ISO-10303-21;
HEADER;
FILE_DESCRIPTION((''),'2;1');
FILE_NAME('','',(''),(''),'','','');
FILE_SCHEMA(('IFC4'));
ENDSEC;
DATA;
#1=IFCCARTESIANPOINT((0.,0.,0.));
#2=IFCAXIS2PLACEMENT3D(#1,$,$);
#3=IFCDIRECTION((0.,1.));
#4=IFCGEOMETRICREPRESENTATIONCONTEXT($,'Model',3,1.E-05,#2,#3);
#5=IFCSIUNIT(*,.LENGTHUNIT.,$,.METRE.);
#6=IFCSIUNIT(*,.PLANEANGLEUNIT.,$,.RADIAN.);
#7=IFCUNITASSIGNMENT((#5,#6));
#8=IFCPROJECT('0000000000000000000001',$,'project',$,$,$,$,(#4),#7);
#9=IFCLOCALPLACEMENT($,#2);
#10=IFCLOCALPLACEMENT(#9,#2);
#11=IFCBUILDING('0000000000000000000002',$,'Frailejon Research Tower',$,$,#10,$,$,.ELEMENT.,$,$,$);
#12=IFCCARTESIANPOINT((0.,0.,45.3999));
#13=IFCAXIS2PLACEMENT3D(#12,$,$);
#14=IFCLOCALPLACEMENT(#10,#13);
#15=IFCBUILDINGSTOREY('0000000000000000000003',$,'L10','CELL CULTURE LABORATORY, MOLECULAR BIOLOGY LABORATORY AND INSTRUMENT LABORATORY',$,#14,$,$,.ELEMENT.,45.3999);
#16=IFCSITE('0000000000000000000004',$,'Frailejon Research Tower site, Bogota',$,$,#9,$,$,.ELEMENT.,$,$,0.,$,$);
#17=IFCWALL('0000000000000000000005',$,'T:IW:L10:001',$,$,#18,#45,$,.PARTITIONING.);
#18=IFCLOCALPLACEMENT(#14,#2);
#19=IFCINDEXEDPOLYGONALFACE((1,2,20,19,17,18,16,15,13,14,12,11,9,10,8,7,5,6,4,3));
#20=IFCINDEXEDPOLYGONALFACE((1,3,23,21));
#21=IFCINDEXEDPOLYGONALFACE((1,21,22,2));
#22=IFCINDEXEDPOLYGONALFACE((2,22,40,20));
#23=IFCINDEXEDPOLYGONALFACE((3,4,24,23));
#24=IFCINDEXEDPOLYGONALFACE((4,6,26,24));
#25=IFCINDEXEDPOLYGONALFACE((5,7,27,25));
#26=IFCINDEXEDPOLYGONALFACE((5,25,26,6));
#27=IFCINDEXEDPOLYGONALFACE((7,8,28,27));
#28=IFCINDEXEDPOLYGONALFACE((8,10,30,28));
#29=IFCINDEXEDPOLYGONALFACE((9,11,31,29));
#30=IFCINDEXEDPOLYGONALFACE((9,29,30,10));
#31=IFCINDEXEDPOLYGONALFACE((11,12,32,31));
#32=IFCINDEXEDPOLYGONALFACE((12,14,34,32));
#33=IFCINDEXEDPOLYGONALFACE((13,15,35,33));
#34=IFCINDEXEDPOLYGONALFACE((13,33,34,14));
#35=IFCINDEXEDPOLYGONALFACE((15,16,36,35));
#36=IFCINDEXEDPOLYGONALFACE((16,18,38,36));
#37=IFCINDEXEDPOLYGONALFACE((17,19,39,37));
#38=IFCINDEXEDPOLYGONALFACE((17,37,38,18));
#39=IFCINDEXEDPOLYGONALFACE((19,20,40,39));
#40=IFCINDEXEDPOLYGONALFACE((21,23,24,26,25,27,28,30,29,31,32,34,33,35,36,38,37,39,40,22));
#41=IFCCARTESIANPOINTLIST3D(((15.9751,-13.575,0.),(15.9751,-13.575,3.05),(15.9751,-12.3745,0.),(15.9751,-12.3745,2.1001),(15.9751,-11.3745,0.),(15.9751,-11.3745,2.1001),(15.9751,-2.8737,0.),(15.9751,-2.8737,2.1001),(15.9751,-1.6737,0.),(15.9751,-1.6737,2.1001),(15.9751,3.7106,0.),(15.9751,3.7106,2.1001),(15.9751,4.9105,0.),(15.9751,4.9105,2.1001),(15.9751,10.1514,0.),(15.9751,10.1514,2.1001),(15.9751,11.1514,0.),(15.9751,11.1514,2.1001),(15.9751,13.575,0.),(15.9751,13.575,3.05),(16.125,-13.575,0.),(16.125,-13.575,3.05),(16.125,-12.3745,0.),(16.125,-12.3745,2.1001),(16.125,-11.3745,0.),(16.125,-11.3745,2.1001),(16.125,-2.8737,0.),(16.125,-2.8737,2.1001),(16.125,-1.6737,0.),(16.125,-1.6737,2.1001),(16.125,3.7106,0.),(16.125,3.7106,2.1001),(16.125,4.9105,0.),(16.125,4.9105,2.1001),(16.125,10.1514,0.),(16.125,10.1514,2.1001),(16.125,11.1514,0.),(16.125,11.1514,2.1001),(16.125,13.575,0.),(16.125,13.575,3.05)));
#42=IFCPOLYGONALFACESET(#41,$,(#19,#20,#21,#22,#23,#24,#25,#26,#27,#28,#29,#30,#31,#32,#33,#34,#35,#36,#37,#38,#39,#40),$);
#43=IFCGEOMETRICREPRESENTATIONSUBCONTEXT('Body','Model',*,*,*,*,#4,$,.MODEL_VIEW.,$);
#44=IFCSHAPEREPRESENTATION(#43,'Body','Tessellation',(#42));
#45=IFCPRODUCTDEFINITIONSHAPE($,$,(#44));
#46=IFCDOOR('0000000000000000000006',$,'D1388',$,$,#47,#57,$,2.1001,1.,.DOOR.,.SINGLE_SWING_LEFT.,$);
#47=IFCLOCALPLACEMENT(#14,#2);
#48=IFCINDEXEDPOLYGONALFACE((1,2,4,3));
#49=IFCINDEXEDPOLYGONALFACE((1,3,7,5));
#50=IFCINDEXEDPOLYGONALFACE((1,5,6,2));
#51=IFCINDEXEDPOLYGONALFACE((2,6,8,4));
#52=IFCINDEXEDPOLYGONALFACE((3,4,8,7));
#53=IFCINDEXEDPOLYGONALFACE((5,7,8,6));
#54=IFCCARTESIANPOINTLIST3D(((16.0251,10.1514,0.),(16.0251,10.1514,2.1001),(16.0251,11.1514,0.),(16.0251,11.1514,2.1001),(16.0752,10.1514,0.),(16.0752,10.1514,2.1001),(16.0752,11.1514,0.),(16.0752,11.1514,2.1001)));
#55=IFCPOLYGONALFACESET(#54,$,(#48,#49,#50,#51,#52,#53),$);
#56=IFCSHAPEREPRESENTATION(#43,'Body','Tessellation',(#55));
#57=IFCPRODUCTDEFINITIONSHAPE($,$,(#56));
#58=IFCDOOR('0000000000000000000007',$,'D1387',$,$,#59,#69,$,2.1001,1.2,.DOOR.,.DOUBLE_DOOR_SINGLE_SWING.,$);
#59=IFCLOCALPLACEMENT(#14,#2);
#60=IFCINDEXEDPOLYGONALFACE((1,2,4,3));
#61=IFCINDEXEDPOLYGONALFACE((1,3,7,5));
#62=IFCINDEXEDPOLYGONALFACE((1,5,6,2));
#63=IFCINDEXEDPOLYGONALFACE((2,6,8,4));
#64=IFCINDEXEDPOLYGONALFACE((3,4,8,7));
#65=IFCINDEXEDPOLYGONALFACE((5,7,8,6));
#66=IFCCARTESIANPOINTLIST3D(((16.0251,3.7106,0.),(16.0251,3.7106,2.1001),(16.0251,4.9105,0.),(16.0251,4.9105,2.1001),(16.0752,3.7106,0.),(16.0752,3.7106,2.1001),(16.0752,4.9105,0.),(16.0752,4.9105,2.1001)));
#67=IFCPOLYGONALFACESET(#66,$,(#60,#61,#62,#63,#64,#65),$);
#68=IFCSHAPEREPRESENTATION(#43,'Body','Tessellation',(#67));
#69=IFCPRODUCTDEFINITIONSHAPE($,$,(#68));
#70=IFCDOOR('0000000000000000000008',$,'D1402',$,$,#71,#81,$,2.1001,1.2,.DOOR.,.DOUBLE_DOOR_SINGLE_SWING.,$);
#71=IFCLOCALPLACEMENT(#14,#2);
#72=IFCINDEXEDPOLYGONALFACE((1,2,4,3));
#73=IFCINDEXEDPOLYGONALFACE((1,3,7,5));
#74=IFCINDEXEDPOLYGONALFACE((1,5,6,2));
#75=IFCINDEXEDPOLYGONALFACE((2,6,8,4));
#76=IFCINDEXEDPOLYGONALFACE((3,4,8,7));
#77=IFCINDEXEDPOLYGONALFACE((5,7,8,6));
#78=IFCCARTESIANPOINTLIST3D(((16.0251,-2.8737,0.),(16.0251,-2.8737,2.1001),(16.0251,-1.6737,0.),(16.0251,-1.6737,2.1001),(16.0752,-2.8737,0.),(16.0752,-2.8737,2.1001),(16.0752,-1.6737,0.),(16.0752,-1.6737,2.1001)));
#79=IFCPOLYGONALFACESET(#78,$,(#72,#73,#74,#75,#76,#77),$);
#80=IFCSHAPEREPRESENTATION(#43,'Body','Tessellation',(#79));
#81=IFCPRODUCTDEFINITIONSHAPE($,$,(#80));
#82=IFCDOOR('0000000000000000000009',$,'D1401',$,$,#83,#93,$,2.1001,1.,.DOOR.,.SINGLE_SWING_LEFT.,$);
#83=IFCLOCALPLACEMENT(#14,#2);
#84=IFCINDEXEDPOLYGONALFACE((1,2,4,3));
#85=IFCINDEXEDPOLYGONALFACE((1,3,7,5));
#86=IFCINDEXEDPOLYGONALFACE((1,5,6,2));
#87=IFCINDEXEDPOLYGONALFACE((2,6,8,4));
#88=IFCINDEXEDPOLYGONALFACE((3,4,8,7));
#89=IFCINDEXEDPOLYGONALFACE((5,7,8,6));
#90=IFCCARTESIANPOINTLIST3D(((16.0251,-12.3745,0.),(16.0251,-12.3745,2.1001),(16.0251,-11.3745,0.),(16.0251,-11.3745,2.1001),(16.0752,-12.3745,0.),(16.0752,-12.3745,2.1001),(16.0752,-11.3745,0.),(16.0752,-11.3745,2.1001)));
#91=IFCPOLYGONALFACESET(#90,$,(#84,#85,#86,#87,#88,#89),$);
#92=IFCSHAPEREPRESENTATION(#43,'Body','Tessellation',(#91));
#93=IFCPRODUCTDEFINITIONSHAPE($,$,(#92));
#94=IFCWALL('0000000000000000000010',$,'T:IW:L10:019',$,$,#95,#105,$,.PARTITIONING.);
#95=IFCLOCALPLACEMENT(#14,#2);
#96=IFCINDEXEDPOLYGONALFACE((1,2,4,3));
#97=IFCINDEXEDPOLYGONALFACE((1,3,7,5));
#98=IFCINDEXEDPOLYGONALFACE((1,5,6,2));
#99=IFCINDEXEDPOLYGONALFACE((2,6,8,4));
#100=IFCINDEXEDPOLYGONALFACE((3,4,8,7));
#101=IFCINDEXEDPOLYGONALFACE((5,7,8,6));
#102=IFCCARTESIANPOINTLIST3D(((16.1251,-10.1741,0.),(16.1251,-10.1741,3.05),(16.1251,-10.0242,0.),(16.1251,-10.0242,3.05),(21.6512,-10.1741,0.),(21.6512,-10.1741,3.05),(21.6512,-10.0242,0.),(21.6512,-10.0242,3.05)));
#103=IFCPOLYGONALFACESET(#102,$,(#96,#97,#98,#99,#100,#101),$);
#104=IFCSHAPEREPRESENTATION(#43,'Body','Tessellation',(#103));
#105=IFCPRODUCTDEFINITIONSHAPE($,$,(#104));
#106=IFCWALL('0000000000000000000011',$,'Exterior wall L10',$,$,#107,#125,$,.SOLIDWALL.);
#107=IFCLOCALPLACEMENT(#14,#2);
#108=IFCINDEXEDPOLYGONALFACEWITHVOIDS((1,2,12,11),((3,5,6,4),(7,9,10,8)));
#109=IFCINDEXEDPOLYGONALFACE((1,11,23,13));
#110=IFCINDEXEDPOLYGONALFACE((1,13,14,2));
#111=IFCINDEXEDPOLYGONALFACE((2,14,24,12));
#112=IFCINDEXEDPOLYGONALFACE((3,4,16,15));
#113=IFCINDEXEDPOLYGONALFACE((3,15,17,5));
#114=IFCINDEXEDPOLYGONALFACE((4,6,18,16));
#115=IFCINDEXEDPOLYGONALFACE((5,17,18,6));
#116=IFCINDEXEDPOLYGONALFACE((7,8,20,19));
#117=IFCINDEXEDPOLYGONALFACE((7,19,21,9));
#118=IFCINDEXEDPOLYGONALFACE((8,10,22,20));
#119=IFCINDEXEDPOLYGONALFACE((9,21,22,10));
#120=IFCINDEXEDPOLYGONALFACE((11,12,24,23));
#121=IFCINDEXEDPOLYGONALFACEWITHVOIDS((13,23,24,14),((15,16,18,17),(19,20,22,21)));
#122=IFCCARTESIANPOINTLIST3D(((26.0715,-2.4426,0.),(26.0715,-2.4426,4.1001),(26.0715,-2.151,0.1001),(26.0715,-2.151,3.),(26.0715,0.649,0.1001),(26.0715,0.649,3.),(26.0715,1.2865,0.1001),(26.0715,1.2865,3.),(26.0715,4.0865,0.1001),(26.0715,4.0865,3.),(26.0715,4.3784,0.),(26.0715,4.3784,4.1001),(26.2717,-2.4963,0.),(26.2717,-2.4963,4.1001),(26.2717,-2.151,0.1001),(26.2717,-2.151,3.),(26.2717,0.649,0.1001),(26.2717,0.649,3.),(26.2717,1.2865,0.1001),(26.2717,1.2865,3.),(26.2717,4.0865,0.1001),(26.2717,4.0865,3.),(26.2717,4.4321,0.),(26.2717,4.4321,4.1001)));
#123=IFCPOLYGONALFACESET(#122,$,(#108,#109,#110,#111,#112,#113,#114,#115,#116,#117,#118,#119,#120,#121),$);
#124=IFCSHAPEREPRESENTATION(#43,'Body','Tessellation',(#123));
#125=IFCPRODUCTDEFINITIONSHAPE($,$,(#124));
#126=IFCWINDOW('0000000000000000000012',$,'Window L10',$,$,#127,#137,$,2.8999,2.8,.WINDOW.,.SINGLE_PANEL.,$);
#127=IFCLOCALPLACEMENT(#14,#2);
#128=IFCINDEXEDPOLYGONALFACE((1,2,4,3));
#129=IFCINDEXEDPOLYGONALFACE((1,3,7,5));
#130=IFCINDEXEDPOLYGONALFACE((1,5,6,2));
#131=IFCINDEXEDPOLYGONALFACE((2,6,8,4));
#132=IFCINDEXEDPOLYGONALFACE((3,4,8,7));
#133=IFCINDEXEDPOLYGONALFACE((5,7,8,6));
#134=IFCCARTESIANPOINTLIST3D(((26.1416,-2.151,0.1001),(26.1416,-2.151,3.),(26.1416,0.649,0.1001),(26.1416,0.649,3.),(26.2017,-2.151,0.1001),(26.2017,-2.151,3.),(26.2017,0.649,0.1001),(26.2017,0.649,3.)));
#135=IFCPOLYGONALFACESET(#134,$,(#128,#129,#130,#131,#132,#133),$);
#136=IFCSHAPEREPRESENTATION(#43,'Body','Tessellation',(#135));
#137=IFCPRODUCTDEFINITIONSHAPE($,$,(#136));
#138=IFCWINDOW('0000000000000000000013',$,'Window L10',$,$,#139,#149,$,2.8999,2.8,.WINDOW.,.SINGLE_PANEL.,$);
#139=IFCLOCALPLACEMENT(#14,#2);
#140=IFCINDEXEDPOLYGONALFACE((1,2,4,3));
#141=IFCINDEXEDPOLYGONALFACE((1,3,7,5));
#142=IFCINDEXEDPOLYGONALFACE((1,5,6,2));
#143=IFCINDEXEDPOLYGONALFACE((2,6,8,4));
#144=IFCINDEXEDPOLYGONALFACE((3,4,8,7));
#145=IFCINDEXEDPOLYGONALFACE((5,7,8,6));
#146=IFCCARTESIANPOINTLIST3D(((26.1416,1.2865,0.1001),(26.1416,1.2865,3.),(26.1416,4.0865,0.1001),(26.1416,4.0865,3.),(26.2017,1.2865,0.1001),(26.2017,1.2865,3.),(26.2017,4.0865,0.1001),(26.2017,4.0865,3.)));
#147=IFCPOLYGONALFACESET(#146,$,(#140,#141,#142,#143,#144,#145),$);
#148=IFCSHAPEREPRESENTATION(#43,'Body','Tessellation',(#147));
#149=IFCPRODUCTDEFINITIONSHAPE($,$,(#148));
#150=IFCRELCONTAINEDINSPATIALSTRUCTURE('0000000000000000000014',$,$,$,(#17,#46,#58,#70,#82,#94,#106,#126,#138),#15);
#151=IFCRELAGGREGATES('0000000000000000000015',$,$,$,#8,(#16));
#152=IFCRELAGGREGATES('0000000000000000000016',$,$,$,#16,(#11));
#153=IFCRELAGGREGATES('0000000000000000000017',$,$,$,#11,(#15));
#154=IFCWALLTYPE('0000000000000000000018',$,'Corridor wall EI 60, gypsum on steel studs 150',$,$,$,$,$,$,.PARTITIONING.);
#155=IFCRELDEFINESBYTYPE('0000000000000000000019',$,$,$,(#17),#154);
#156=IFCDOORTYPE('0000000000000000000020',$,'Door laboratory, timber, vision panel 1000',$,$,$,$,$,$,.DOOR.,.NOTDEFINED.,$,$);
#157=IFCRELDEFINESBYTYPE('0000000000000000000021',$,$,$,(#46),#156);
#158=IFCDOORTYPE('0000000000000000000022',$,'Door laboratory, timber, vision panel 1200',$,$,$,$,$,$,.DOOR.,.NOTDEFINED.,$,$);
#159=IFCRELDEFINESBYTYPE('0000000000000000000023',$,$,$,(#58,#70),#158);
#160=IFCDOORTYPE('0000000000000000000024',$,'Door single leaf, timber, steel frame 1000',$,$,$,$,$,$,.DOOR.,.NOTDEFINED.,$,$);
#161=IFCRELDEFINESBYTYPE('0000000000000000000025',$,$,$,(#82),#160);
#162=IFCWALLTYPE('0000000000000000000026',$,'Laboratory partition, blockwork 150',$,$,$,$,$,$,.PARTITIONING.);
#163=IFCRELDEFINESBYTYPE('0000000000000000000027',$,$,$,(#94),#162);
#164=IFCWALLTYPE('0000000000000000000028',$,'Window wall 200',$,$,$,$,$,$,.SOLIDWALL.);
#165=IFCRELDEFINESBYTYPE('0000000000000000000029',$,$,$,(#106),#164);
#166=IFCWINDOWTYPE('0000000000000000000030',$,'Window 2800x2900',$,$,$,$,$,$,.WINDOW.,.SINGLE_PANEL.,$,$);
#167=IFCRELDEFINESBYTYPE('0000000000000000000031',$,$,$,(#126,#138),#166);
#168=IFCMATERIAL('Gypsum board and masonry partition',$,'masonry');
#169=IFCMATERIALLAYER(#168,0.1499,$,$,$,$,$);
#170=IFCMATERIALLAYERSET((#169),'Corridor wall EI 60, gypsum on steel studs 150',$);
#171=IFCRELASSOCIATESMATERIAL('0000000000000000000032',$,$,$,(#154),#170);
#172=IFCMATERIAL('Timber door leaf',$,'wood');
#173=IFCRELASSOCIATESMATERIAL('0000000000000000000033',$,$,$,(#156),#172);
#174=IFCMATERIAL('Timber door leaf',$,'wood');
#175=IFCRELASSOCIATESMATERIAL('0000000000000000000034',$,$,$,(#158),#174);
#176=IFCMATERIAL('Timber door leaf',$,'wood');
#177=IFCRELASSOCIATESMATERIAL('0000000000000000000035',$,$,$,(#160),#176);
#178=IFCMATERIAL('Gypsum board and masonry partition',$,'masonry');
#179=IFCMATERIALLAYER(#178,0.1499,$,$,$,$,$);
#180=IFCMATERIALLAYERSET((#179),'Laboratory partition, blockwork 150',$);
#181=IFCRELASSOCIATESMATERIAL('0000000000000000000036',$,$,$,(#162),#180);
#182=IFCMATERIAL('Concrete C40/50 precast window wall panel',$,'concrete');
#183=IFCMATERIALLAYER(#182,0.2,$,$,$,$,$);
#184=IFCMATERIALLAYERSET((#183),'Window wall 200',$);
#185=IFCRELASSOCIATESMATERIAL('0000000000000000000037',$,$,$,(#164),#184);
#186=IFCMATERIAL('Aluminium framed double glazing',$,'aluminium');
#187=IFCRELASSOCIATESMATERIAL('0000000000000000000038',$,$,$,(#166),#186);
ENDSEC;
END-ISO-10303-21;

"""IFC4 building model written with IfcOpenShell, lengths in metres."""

from ifc_helpers import new_model, si_unit, direction, frame, frame_2d, origin, place, context, subcontext, project, spatial, polyline, rectangle, outline, extrude, material, layer, layer_set, type_object, element, fill, save


model = new_model("IFC4")

# Units and contexts
model_context = context("Model", 3, precision=1e-05, world=origin(), true_north=direction((0.0, 1.0)))
body_context = subcontext(model_context, "Body", "Model", "MODEL_VIEW")
ifc_project = project(units=[si_unit("LENGTHUNIT", "METRE"), si_unit("PLANEANGLEUNIT", "RADIAN")], contexts=[model_context])

# Site, building, storey
site_placement = place(None, origin())
site = spatial("IfcSite", under=ifc_project, at=site_placement, Name="Frailejon Research Tower site, Bogota", CompositionType="ELEMENT", RefElevation=0.0)
building_placement = place(site_placement, origin())
building = spatial("IfcBuilding", under=site, at=building_placement, Name="Frailejon Research Tower", CompositionType="ELEMENT")
storey_placement = place(building_placement, frame((0.0, 0.0, 45.3999)))
storey = spatial("IfcBuildingStorey", under=building, at=storey_placement, Name="L10", Description="CELL CULTURE LABORATORY, MOLECULAR BIOLOGY LABORATORY AND INSTRUMENT LABORATORY", CompositionType="ELEMENT", Elevation=45.3999)

# Wall, openings, doors
ifc_material_1 = material(Name="Gypsum board and masonry partition", Category="masonry")
ifc_layer_1 = layer(ifc_material_1, 0.1499)
ifc_layer_set_1 = layer_set([ifc_layer_1], Name="Corridor wall EI 60, gypsum on steel studs 150")
wall_type_1 = type_object("IfcWallType", Name="Corridor wall EI 60, gypsum on steel studs 150", PredefinedType="PARTITIONING", material=ifc_layer_set_1)
wall_1_placement = place(storey_placement, frame((16.05, -13.575, 0.0), z_axis=(0.0, 0.0, 1.0), x_axis=(0.0, 1.0, 0.0)))
wall_1 = element("IfcWall", 1, at=wall_1_placement, inside=storey, type_object=wall_type_1, Name="T:IW:L10:001", PredefinedType="PARTITIONING", context=body_context, shape_type="SweptSolid", body=[
    extrude(rectangle(XDim=27.1499, YDim=0.1499, at=frame_2d((13.575, 0.0))), origin(), (0.0, 0.0, 1.0), 3.05),
])
opening_1_placement = place(wall_1_placement, frame((17.2854, 0.0, 0.0)))
opening_1 = element("IfcOpeningElement", 2, at=opening_1_placement, cuts=wall_1, PredefinedType="OPENING", context=body_context, shape_type="SweptSolid", body=[
    extrude(rectangle(XDim=1.2, YDim=2.1001, at=frame_2d((0.6001, 1.05))), frame((0.0, 0.085, 0.0), z_axis=(0.0, -1.0, 0.0), x_axis=(1.0, 0.0, 0.0)), (0.0, 0.0, 1.0), 0.1699),
])
opening_2_placement = place(wall_1_placement, frame((23.7263, 0.0, 0.0)))
opening_2 = element("IfcOpeningElement", 3, at=opening_2_placement, cuts=wall_1, PredefinedType="OPENING", context=body_context, shape_type="SweptSolid", body=[
    extrude(rectangle(XDim=1.0, YDim=2.1001, at=frame_2d((0.5, 1.05))), frame((0.0, 0.085, 0.0), z_axis=(0.0, -1.0, 0.0), x_axis=(1.0, 0.0, 0.0)), (0.0, 0.0, 1.0), 0.1699),
])
opening_3_placement = place(wall_1_placement, frame((1.2004, 0.0, 0.0)))
opening_3 = element("IfcOpeningElement", 4, at=opening_3_placement, cuts=wall_1, PredefinedType="OPENING", context=body_context, shape_type="SweptSolid", body=[
    extrude(rectangle(XDim=1.0, YDim=2.1001, at=frame_2d((0.5, 1.05))), frame((0.0, 0.085, 0.0), z_axis=(0.0, -1.0, 0.0), x_axis=(1.0, 0.0, 0.0)), (0.0, 0.0, 1.0), 0.1699),
])
opening_4_placement = place(wall_1_placement, frame((10.7012, 0.0, 0.0)))
opening_4 = element("IfcOpeningElement", 5, at=opening_4_placement, cuts=wall_1, PredefinedType="OPENING", context=body_context, shape_type="SweptSolid", body=[
    extrude(rectangle(XDim=1.2, YDim=2.1001, at=frame_2d((0.6001, 1.05))), frame((0.0, 0.085, 0.0), z_axis=(0.0, -1.0, 0.0), x_axis=(1.0, 0.0, 0.0)), (0.0, 0.0, 1.0), 0.1699),
])
ifc_material_2 = material(Name="Timber door leaf", Category="wood")
door_type_1 = type_object("IfcDoorType", Name="Door laboratory, timber, vision panel 1000", OperationType="NOTDEFINED", PredefinedType="DOOR", material=ifc_material_2)
door_1_placement = place(opening_2_placement, origin())
door_1 = element("IfcDoor", 6, at=door_1_placement, inside=storey, type_object=door_type_1, Name="D1388", OperationType="SINGLE_SWING_LEFT", OverallHeight=2.1001, OverallWidth=1.0, PredefinedType="DOOR", context=body_context, shape_type="SweptSolid", body=[
    extrude(rectangle(XDim=1.0, YDim=2.1001, at=frame_2d((0.5, 1.05))), frame((0.0, 0.0249, 0.0), z_axis=(0.0, -1.0, 0.0), x_axis=(1.0, 0.0, 0.0)), (0.0, 0.0, 1.0), 0.05),
])
fill(opening_2, door_1)
ifc_material_3 = material(Name="Timber door leaf", Category="wood")
door_type_2 = type_object("IfcDoorType", Name="Door laboratory, timber, vision panel 1200", OperationType="NOTDEFINED", PredefinedType="DOOR", material=ifc_material_3)
door_2_placement = place(opening_1_placement, origin())
door_2 = element("IfcDoor", 7, at=door_2_placement, inside=storey, type_object=door_type_2, Name="D1387", OperationType="DOUBLE_DOOR_SINGLE_SWING", OverallHeight=2.1001, OverallWidth=1.2, PredefinedType="DOOR", context=body_context, shape_type="SweptSolid", body=[
    extrude(rectangle(XDim=1.2, YDim=2.1001, at=frame_2d((0.6001, 1.05))), frame((0.0, 0.0249, 0.0), z_axis=(0.0, -1.0, 0.0), x_axis=(1.0, 0.0, 0.0)), (0.0, 0.0, 1.0), 0.05),
])
fill(opening_1, door_2)
door_3_placement = place(opening_4_placement, origin())
door_3 = element("IfcDoor", 8, at=door_3_placement, inside=storey, type_object=door_type_2, Name="D1402", OperationType="DOUBLE_DOOR_SINGLE_SWING", OverallHeight=2.1001, OverallWidth=1.2, PredefinedType="DOOR", context=body_context, shape_type="SweptSolid", body=[
    extrude(rectangle(XDim=1.2, YDim=2.1001, at=frame_2d((0.6001, 1.05))), frame((0.0, 0.0249, 0.0), z_axis=(0.0, -1.0, 0.0), x_axis=(1.0, 0.0, 0.0)), (0.0, 0.0, 1.0), 0.05),
])
fill(opening_4, door_3)
ifc_material_4 = material(Name="Timber door leaf", Category="wood")
door_type_3 = type_object("IfcDoorType", Name="Door single leaf, timber, steel frame 1000", OperationType="NOTDEFINED", PredefinedType="DOOR", material=ifc_material_4)
door_4_placement = place(opening_3_placement, origin())
door_4 = element("IfcDoor", 9, at=door_4_placement, inside=storey, type_object=door_type_3, Name="D1401", OperationType="SINGLE_SWING_LEFT", OverallHeight=2.1001, OverallWidth=1.0, PredefinedType="DOOR", context=body_context, shape_type="SweptSolid", body=[
    extrude(rectangle(XDim=1.0, YDim=2.1001, at=frame_2d((0.5, 1.05))), frame((0.0, 0.0249, 0.0), z_axis=(0.0, -1.0, 0.0), x_axis=(1.0, 0.0, 0.0)), (0.0, 0.0, 1.0), 0.05),
])
fill(opening_3, door_4)

# Wall
ifc_material_5 = material(Name="Gypsum board and masonry partition", Category="masonry")
ifc_layer_2 = layer(ifc_material_5, 0.1499)
ifc_layer_set_2 = layer_set([ifc_layer_2], Name="Laboratory partition, blockwork 150")
wall_type_2 = type_object("IfcWallType", Name="Laboratory partition, blockwork 150", PredefinedType="PARTITIONING", material=ifc_layer_set_2)
wall_2_placement = place(storey_placement, frame((16.125, -10.0991, 0.0), z_axis=(0.0, 0.0, 1.0), x_axis=(1.0, 0.0, 0.0)))
element("IfcWall", 10, at=wall_2_placement, inside=storey, type_object=wall_type_2, Name="T:IW:L10:019", PredefinedType="PARTITIONING", context=body_context, shape_type="SweptSolid", body=[
    extrude(rectangle(XDim=5.5261, YDim=0.1499, at=frame_2d((2.7632, 0.0))), origin(), (0.0, 0.0, 1.0), 3.05),
])

# Wall, openings, windows
ifc_material_6 = material(Name="Concrete C40/50 precast window wall panel", Category="concrete")
ifc_layer_3 = layer(ifc_material_6, 0.2)
ifc_layer_set_3 = layer_set([ifc_layer_3], Name="Window wall 200")
wall_type_3 = type_object("IfcWallType", Name="Window wall 200", PredefinedType="SOLIDWALL", material=ifc_layer_set_3)
wall_3_placement = place(storey_placement, frame((26.1716, -2.4695, 0.0), z_axis=(0.0, 0.0, 1.0), x_axis=(0.0, 1.0, 0.0)))
wall_3 = element("IfcWall", 11, at=wall_3_placement, inside=storey, type_object=wall_type_3, Name="Exterior wall L10", PredefinedType="SOLIDWALL", context=body_context, shape_type="SweptSolid", body=[
    extrude(outline(polyline([(-0.0269, -0.1001), (1.1279, -0.1001), (2.2827, -0.1001), (3.4375, -0.1001), (4.592, -0.1001), (5.7468, -0.1001), (6.9016, -0.1001), (6.8479, 0.1001), (5.7109, 0.1001), (4.5742, 0.1001), (3.4375, 0.1001), (2.3005, 0.1001), (1.1636, 0.1001), (0.0269, 0.1001), (-0.0269, -0.1001)])), origin(), (0.0, 0.0, 1.0), 4.1001),
])
opening_5_placement = place(wall_3_placement, frame((0.3186, 0.0, 0.1001)))
opening_5 = element("IfcOpeningElement", 12, at=opening_5_placement, cuts=wall_3, PredefinedType="OPENING", context=body_context, shape_type="SweptSolid", body=[
    extrude(rectangle(XDim=2.8, YDim=2.8999, at=frame_2d((1.3999, 1.45))), frame((0.0, 0.1099, 0.0), z_axis=(0.0, -1.0, 0.0), x_axis=(1.0, 0.0, 0.0)), (0.0, 0.0, 1.0), 0.22),
])
opening_6_placement = place(wall_3_placement, frame((3.7561, 0.0, 0.1001)))
opening_6 = element("IfcOpeningElement", 13, at=opening_6_placement, cuts=wall_3, PredefinedType="OPENING", context=body_context, shape_type="SweptSolid", body=[
    extrude(rectangle(XDim=2.8, YDim=2.8999, at=frame_2d((1.3999, 1.45))), frame((0.0, 0.1099, 0.0), z_axis=(0.0, -1.0, 0.0), x_axis=(1.0, 0.0, 0.0)), (0.0, 0.0, 1.0), 0.22),
])
ifc_material_7 = material(Name="Aluminium framed double glazing", Category="aluminium")
window_type = type_object("IfcWindowType", Name="Window 2800x2900", PartitioningType="SINGLE_PANEL", PredefinedType="WINDOW", material=ifc_material_7)
window_1_placement = place(opening_5_placement, origin())
window_1 = element("IfcWindow", 14, at=window_1_placement, inside=storey, type_object=window_type, Name="Window L10", OverallHeight=2.8999, OverallWidth=2.8, PartitioningType="SINGLE_PANEL", PredefinedType="WINDOW", context=body_context, shape_type="SweptSolid", body=[
    extrude(rectangle(XDim=2.8, YDim=2.8999, at=frame_2d((1.3999, 1.45))), frame((0.0, 0.03, 0.0), z_axis=(0.0, -1.0, 0.0), x_axis=(1.0, 0.0, 0.0)), (0.0, 0.0, 1.0), 0.0601),
])
fill(opening_5, window_1)
window_2_placement = place(opening_6_placement, origin())
window_2 = element("IfcWindow", 15, at=window_2_placement, inside=storey, type_object=window_type, Name="Window L10", OverallHeight=2.8999, OverallWidth=2.8, PartitioningType="SINGLE_PANEL", PredefinedType="WINDOW", context=body_context, shape_type="SweptSolid", body=[
    extrude(rectangle(XDim=2.8, YDim=2.8999, at=frame_2d((1.3999, 1.45))), frame((0.0, 0.03, 0.0), z_axis=(0.0, -1.0, 0.0), x_axis=(1.0, 0.0, 0.0)), (0.0, 0.0, 1.0), 0.0601),
])
fill(opening_6, window_2)

save(model, "model.ifc")
